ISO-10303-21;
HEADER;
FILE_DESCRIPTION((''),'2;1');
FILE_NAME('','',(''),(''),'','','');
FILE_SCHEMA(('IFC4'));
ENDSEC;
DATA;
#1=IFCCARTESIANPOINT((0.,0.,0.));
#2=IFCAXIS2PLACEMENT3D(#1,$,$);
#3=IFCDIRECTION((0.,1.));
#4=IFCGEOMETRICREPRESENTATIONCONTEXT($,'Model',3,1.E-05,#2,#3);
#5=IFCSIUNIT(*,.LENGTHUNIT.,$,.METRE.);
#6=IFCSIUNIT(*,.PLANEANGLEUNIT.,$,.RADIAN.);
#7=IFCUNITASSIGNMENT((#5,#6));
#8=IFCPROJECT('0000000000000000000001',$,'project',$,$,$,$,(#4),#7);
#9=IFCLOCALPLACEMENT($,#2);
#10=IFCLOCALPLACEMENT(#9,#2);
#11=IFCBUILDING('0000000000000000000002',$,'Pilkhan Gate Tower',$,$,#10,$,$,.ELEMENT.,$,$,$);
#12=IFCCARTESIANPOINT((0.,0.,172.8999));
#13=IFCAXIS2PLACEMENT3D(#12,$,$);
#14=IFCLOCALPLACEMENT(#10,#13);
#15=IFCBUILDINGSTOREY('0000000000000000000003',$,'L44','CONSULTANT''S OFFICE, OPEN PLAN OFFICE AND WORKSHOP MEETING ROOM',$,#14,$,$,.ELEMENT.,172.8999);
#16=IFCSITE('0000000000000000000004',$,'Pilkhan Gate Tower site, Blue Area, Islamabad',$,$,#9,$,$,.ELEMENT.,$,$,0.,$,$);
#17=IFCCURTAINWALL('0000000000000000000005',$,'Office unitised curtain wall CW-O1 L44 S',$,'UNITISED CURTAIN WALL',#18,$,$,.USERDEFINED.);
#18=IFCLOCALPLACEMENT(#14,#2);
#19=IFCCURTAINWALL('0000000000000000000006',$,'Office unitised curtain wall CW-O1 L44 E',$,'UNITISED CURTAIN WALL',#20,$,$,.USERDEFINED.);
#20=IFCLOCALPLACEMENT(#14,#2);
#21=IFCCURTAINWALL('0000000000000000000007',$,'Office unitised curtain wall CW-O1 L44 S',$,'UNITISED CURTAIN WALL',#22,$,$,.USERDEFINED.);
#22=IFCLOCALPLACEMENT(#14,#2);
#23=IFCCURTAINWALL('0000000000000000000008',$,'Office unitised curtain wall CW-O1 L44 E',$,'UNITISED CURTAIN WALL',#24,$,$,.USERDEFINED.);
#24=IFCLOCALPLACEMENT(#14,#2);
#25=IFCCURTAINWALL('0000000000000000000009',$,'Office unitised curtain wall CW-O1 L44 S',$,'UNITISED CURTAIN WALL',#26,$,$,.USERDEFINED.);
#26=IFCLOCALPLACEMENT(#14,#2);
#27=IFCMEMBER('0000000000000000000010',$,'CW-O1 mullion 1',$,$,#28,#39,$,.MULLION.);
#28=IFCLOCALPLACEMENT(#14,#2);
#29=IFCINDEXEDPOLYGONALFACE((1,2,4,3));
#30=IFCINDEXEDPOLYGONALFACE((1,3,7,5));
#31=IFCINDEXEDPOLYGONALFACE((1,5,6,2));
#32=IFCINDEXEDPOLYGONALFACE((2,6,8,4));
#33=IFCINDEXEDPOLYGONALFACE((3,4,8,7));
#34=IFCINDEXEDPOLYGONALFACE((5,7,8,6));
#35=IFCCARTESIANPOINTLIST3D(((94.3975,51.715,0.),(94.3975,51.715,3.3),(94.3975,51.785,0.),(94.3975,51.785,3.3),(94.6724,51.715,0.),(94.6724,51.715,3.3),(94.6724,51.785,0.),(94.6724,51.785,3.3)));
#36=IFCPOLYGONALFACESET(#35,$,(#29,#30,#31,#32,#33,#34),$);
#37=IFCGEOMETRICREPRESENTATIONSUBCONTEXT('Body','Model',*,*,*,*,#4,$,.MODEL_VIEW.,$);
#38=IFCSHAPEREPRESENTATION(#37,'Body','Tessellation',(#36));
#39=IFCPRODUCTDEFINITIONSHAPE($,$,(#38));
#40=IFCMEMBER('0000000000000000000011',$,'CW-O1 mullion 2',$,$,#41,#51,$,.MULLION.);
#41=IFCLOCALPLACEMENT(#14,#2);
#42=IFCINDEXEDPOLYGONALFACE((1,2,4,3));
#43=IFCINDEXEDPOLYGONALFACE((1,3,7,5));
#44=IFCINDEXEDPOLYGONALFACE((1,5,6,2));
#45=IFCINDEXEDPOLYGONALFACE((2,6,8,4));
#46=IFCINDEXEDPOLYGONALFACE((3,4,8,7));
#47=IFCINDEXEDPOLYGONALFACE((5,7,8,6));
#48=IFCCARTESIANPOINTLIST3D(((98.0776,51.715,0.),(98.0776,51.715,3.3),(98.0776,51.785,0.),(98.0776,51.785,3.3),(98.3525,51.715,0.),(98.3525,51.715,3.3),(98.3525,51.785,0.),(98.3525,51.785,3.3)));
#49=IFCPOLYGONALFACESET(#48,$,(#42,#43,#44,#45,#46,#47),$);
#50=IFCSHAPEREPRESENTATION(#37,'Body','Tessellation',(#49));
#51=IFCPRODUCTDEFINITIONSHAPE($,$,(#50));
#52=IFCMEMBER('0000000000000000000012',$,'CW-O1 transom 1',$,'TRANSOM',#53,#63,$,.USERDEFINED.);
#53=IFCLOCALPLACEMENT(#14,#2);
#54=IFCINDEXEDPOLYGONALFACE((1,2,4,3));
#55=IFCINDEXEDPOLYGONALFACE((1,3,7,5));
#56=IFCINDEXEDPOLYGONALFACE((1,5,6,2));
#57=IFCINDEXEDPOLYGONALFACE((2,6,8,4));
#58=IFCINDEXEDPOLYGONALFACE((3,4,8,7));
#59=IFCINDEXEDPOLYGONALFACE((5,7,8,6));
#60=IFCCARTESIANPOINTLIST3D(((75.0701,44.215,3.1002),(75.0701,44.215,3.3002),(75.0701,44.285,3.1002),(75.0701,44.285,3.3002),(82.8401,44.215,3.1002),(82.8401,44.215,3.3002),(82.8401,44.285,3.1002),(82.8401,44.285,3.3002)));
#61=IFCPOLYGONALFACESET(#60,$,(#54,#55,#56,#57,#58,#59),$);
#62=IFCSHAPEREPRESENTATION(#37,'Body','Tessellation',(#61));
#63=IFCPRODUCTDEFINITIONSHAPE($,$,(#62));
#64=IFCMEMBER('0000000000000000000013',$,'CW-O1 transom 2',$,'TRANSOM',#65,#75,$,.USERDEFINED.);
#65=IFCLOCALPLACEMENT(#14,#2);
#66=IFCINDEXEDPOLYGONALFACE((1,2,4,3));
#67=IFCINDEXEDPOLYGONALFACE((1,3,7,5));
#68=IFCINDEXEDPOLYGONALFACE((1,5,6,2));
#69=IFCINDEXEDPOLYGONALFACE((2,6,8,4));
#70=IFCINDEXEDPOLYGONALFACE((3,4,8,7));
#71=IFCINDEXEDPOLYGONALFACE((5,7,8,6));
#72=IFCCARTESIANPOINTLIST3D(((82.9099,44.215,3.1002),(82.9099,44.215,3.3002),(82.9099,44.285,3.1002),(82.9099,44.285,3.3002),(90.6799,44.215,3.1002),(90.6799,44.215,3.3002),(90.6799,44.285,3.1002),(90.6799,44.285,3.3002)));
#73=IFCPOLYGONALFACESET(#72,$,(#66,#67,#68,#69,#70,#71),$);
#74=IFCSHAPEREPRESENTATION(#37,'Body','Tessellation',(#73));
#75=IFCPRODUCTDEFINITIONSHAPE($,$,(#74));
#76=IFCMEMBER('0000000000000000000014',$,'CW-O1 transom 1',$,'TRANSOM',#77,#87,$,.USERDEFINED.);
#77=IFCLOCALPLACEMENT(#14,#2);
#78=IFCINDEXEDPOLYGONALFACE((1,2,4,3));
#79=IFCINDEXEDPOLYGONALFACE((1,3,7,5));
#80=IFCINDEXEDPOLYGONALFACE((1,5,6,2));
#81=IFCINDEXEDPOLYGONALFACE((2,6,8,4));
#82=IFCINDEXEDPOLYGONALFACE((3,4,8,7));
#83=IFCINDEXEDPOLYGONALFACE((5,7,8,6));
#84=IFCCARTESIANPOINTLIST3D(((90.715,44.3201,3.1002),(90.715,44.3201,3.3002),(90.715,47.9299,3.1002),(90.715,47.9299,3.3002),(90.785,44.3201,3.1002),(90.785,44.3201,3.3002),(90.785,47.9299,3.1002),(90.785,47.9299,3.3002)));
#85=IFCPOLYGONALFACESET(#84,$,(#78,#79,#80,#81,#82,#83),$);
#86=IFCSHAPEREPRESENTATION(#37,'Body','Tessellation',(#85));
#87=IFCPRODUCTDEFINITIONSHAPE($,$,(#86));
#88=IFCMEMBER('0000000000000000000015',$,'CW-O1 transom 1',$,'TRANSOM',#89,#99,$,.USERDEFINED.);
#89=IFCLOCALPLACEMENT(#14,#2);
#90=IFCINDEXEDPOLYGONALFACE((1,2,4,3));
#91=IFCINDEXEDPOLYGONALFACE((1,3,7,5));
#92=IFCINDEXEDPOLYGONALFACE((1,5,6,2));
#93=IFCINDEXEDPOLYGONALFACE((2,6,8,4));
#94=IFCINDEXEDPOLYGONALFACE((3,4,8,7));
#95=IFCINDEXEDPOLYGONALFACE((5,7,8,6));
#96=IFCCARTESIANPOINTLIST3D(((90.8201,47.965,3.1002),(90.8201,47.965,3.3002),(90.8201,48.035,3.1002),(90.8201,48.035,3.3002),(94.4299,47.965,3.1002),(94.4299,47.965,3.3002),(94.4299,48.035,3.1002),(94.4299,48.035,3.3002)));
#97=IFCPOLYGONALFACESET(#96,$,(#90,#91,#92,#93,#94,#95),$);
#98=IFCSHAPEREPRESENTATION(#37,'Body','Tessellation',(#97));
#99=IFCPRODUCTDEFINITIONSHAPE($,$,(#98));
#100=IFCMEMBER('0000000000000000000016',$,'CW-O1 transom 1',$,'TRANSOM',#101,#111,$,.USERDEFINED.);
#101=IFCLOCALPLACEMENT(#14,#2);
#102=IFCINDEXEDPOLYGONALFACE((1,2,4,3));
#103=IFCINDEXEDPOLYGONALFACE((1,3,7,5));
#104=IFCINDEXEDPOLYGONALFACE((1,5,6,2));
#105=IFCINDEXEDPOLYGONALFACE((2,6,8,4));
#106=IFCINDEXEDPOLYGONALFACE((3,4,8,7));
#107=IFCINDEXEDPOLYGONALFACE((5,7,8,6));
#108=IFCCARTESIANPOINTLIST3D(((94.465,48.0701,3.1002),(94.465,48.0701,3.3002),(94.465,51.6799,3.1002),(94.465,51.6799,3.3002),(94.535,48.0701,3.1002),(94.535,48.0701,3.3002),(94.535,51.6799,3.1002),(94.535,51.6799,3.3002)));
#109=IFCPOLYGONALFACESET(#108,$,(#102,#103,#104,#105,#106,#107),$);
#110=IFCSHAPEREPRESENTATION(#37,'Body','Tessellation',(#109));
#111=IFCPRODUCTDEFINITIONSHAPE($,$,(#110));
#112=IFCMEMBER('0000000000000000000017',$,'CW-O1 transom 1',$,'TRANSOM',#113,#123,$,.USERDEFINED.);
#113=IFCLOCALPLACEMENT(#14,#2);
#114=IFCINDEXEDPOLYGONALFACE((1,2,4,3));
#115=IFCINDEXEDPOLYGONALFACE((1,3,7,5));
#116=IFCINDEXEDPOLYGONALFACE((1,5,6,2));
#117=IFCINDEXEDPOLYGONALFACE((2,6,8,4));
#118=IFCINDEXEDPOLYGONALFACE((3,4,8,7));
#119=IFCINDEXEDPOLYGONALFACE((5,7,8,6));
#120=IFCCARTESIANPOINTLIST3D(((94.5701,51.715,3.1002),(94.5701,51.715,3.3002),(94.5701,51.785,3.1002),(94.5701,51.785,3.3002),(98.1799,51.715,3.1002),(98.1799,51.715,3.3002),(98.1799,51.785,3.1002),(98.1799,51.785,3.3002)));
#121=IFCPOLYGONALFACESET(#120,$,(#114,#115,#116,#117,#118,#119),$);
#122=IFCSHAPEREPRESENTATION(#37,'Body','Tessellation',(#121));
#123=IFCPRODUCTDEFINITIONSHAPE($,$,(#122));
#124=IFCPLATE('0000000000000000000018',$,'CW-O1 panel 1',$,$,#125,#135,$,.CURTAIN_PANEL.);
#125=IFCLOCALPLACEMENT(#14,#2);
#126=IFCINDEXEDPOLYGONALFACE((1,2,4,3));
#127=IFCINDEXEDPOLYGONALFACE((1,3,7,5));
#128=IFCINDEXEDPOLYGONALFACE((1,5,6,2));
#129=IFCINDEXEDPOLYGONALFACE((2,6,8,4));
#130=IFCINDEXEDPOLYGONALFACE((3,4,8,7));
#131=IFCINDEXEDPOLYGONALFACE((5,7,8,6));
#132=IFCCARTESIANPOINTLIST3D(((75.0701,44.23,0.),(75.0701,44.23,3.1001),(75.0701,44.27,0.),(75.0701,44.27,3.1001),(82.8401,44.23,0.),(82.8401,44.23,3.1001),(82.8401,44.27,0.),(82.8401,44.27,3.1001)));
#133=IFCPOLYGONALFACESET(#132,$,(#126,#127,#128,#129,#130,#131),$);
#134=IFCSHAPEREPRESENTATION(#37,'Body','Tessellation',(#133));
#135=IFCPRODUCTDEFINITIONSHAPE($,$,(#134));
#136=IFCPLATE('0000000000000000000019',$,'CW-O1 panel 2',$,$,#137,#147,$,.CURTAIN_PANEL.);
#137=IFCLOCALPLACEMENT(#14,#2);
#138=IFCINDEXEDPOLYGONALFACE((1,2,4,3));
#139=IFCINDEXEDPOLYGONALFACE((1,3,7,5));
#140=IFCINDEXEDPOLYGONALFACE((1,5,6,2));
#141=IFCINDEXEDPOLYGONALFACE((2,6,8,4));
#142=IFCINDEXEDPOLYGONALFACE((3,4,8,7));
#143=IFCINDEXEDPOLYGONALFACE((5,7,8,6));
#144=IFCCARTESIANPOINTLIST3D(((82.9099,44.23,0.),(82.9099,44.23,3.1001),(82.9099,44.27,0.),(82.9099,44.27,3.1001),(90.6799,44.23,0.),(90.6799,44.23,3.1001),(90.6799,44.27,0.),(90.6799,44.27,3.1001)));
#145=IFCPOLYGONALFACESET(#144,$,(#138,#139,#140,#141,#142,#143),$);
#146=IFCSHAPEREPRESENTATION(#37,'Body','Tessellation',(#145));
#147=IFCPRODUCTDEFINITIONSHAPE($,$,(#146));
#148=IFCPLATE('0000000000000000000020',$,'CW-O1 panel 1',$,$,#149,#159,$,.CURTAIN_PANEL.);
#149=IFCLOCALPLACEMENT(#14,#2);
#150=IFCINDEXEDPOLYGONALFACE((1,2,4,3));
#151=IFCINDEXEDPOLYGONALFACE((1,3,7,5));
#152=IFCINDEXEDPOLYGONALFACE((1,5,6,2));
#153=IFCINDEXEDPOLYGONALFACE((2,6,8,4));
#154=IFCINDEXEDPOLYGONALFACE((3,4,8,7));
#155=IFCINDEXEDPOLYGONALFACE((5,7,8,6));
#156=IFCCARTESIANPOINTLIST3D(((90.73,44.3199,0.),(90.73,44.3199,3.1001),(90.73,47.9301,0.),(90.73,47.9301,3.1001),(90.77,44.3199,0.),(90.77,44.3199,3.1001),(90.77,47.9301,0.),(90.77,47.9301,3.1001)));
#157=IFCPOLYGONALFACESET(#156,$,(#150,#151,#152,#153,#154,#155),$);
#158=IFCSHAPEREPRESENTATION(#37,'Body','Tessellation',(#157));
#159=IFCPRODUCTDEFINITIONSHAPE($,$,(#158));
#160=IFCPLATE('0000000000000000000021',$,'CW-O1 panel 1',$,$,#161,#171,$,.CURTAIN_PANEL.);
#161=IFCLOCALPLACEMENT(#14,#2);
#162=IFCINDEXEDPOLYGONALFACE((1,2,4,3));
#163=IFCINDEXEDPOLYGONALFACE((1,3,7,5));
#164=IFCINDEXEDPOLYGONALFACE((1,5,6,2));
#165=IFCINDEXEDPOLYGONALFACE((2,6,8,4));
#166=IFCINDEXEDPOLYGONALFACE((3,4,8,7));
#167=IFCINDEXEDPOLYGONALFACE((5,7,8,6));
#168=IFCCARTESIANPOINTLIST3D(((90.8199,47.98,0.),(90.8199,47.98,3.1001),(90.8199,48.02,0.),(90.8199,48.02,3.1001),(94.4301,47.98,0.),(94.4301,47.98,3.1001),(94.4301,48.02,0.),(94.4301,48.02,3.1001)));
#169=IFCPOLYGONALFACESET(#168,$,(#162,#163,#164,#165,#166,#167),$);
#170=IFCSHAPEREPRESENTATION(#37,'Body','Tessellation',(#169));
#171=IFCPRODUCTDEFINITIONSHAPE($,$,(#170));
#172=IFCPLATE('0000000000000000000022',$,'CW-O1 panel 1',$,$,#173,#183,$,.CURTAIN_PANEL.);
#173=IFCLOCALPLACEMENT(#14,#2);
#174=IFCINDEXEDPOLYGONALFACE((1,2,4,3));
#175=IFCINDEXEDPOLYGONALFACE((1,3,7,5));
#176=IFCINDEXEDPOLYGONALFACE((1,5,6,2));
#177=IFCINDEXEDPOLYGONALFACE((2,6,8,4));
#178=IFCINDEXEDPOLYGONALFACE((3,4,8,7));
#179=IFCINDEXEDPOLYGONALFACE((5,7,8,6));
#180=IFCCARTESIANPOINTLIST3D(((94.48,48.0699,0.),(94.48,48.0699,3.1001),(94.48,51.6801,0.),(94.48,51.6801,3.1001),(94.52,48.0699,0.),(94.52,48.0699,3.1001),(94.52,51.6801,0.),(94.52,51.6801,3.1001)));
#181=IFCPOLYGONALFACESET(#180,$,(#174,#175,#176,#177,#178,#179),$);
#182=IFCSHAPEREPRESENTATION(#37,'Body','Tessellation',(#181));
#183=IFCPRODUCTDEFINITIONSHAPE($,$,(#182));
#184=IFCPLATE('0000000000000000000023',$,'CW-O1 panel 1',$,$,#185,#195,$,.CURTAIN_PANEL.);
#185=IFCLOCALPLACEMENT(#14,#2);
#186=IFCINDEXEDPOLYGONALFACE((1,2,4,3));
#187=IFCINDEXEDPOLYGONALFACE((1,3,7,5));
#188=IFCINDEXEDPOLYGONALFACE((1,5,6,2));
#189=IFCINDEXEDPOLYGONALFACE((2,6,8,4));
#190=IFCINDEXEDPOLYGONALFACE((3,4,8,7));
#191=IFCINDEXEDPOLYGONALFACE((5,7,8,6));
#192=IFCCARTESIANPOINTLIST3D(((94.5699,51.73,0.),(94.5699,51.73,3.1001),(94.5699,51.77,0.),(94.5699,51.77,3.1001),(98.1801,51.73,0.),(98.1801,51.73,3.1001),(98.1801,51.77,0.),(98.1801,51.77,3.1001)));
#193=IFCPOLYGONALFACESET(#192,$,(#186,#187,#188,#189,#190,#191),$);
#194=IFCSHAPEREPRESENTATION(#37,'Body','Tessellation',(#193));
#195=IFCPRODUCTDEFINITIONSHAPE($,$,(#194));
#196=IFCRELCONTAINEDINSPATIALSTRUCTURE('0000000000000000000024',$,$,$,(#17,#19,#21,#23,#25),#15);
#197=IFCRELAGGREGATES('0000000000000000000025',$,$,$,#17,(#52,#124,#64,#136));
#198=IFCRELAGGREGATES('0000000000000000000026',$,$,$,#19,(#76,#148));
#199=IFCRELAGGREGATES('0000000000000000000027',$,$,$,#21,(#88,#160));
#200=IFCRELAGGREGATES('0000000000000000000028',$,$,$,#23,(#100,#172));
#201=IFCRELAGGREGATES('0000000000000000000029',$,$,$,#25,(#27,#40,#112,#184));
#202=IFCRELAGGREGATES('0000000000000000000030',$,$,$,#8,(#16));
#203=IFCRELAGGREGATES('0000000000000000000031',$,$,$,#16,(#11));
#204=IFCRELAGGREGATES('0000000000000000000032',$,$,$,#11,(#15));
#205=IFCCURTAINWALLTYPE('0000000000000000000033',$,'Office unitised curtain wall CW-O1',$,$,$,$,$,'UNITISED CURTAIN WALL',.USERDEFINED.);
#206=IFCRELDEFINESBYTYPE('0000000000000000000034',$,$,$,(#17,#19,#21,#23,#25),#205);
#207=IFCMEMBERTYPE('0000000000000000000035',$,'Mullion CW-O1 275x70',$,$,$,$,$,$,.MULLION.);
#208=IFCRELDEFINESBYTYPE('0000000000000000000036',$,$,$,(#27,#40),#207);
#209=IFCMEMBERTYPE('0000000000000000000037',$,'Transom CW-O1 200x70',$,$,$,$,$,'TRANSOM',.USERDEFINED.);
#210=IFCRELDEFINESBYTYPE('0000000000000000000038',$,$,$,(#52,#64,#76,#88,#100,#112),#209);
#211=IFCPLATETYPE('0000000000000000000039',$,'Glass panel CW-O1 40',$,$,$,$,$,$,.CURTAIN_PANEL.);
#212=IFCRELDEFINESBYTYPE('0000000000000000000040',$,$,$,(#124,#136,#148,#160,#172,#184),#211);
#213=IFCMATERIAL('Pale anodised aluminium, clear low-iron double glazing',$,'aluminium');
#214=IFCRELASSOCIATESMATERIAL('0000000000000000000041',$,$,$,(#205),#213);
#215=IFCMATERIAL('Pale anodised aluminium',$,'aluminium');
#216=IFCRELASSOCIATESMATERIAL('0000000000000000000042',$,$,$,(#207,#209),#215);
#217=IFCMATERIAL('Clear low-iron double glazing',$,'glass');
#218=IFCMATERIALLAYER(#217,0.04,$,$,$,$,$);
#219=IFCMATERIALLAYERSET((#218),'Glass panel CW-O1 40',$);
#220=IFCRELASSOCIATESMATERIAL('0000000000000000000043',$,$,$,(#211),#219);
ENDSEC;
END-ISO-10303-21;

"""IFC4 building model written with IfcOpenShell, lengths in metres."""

from ifc_helpers import new_model, si_unit, direction, frame, origin, origin_2d, place, context, subcontext, project, spatial, rectangle, extrude, material, layer, layer_set, material_profile, profile_set, type_object, element, aggregate, save


model = new_model("IFC4")

# Units and contexts
model_context = context("Model", 3, precision=1e-05, world=origin(), true_north=direction((0.0, 1.0)))
body_context = subcontext(model_context, "Body", "Model", "MODEL_VIEW")
ifc_project = project(units=[si_unit("LENGTHUNIT", "METRE"), si_unit("PLANEANGLEUNIT", "RADIAN")], contexts=[model_context])

# Site, building, storey
site_placement = place(None, origin())
site = spatial("IfcSite", under=ifc_project, at=site_placement, Name="Pilkhan Gate Tower site, Blue Area, Islamabad", CompositionType="ELEMENT", RefElevation=0.0)
building_placement = place(site_placement, origin())
building = spatial("IfcBuilding", under=site, at=building_placement, Name="Pilkhan Gate Tower", CompositionType="ELEMENT")
storey_placement = place(building_placement, frame((0.0, 0.0, 172.8999)))
storey = spatial("IfcBuildingStorey", under=building, at=storey_placement, Name="L44", Description="CONSULTANT'S OFFICE, OPEN PLAN OFFICE AND WORKSHOP MEETING ROOM", CompositionType="ELEMENT", Elevation=172.8999)

# Shared definitions
ifc_material_1 = material(Name="Pale anodised aluminium, clear low-iron double glazing", Category="aluminium")
curtain_wall_type = type_object("IfcCurtainWallType", Name="Office unitised curtain wall CW-O1", ElementType="UNITISED CURTAIN WALL", PredefinedType="USERDEFINED", material=ifc_material_1)
ifc_material_2 = material(Name="Pale anodised aluminium", Category="aluminium")
ifc_material_profile_1 = material_profile(ifc_material_2, rectangle(XDim=0.0701, YDim=0.2749, at=origin_2d()), Name="Mullion 275x70")
ifc_profile_set_1 = profile_set([ifc_material_profile_1], Name="Pale anodised aluminium")
member_type_1 = type_object("IfcMemberType", Name="Mullion CW-O1 275x70", PredefinedType="MULLION", material=ifc_profile_set_1)

# Curtain walls, members
curtain_wall_1_placement = place(storey_placement, origin())
curtain_wall_1 = element("IfcCurtainWall", 1, at=curtain_wall_1_placement, inside=storey, type_object=curtain_wall_type, Name="Office unitised curtain wall CW-O1 L44 S", ObjectType="UNITISED CURTAIN WALL", PredefinedType="USERDEFINED")
curtain_wall_2_placement = place(storey_placement, origin())
curtain_wall_2 = element("IfcCurtainWall", 2, at=curtain_wall_2_placement, inside=storey, type_object=curtain_wall_type, Name="Office unitised curtain wall CW-O1 L44 E", ObjectType="UNITISED CURTAIN WALL", PredefinedType="USERDEFINED")
curtain_wall_3_placement = place(storey_placement, origin())
curtain_wall_3 = element("IfcCurtainWall", 3, at=curtain_wall_3_placement, inside=storey, type_object=curtain_wall_type, Name="Office unitised curtain wall CW-O1 L44 S", ObjectType="UNITISED CURTAIN WALL", PredefinedType="USERDEFINED")
curtain_wall_4_placement = place(storey_placement, origin())
curtain_wall_4 = element("IfcCurtainWall", 4, at=curtain_wall_4_placement, inside=storey, type_object=curtain_wall_type, Name="Office unitised curtain wall CW-O1 L44 E", ObjectType="UNITISED CURTAIN WALL", PredefinedType="USERDEFINED")
curtain_wall_5_placement = place(storey_placement, origin())
curtain_wall_5 = element("IfcCurtainWall", 5, at=curtain_wall_5_placement, inside=storey, type_object=curtain_wall_type, Name="Office unitised curtain wall CW-O1 L44 S", ObjectType="UNITISED CURTAIN WALL", PredefinedType="USERDEFINED")
member_1_placement = place(storey_placement, frame((94.5349, 51.75, 0.0), z_axis=(0.0, 0.0, 1.0), x_axis=(0.0, 1.0, 0.0)))
member_1 = element("IfcMember", 6, at=member_1_placement, type_object=member_type_1, Name="CW-O1 mullion 1", PredefinedType="MULLION", context=body_context, shape_type="SweptSolid", body=[
    extrude(rectangle(XDim=0.0701, YDim=0.2749, at=origin_2d()), origin(), (0.0, 0.0, 1.0), 3.3),
])
member_2_placement = place(storey_placement, frame((98.2151, 51.75, 0.0), z_axis=(0.0, 0.0, 1.0), x_axis=(0.0, 1.0, 0.0)))
member_2 = element("IfcMember", 7, at=member_2_placement, type_object=member_type_1, Name="CW-O1 mullion 2", PredefinedType="MULLION", context=body_context, shape_type="SweptSolid", body=[
    extrude(rectangle(XDim=0.0701, YDim=0.2749, at=origin_2d()), origin(), (0.0, 0.0, 1.0), 3.3),
])

# Members
ifc_material_profile_2 = material_profile(ifc_material_2, rectangle(XDim=0.0701, YDim=0.2, at=origin_2d()), Name="Transom 200x70")
ifc_profile_set_2 = profile_set([ifc_material_profile_2], Name="Pale anodised aluminium")
member_type_2 = type_object("IfcMemberType", Name="Transom CW-O1 200x70", ElementType="TRANSOM", PredefinedType="USERDEFINED", material=ifc_profile_set_2)
member_3_placement = place(storey_placement, frame((75.0701, 44.25, 3.2002), z_axis=(1.0, 0.0, 0.0), x_axis=(0.0, 1.0, 0.0)))
member_3 = element("IfcMember", 8, at=member_3_placement, type_object=member_type_2, Name="CW-O1 transom 1", ObjectType="TRANSOM", PredefinedType="USERDEFINED", context=body_context, shape_type="SweptSolid", body=[
    extrude(rectangle(XDim=0.0701, YDim=0.2, at=origin_2d()), origin(), (0.0, 0.0, 1.0), 7.77),
])
member_4_placement = place(storey_placement, frame((82.9099, 44.25, 3.2002), z_axis=(1.0, 0.0, 0.0), x_axis=(0.0, 1.0, 0.0)))
member_4 = element("IfcMember", 9, at=member_4_placement, type_object=member_type_2, Name="CW-O1 transom 2", ObjectType="TRANSOM", PredefinedType="USERDEFINED", context=body_context, shape_type="SweptSolid", body=[
    extrude(rectangle(XDim=0.0701, YDim=0.2, at=origin_2d()), origin(), (0.0, 0.0, 1.0), 7.77),
])
member_5_placement = place(storey_placement, frame((90.75, 44.3201, 3.2002), z_axis=(0.0, 1.0, 0.0), x_axis=(-1.0, 0.0, 0.0)))
member_5 = element("IfcMember", 10, at=member_5_placement, type_object=member_type_2, Name="CW-O1 transom 1", ObjectType="TRANSOM", PredefinedType="USERDEFINED", context=body_context, shape_type="SweptSolid", body=[
    extrude(rectangle(XDim=0.0701, YDim=0.2, at=origin_2d()), origin(), (0.0, 0.0, 1.0), 3.6099),
])
member_6_placement = place(storey_placement, frame((90.8201, 48.0, 3.2002), z_axis=(1.0, 0.0, 0.0), x_axis=(0.0, 1.0, 0.0)))
member_6 = element("IfcMember", 11, at=member_6_placement, type_object=member_type_2, Name="CW-O1 transom 1", ObjectType="TRANSOM", PredefinedType="USERDEFINED", context=body_context, shape_type="SweptSolid", body=[
    extrude(rectangle(XDim=0.0701, YDim=0.2, at=origin_2d()), origin(), (0.0, 0.0, 1.0), 3.6099),
])
member_7_placement = place(storey_placement, frame((94.5, 48.0701, 3.2002), z_axis=(0.0, 1.0, 0.0), x_axis=(-1.0, 0.0, 0.0)))
member_7 = element("IfcMember", 12, at=member_7_placement, type_object=member_type_2, Name="CW-O1 transom 1", ObjectType="TRANSOM", PredefinedType="USERDEFINED", context=body_context, shape_type="SweptSolid", body=[
    extrude(rectangle(XDim=0.0701, YDim=0.2, at=origin_2d()), origin(), (0.0, 0.0, 1.0), 3.6099),
])
member_8_placement = place(storey_placement, frame((94.5701, 51.75, 3.2002), z_axis=(1.0, 0.0, 0.0), x_axis=(0.0, 1.0, 0.0)))
member_8 = element("IfcMember", 13, at=member_8_placement, type_object=member_type_2, Name="CW-O1 transom 1", ObjectType="TRANSOM", PredefinedType="USERDEFINED", context=body_context, shape_type="SweptSolid", body=[
    extrude(rectangle(XDim=0.0701, YDim=0.2, at=origin_2d()), origin(), (0.0, 0.0, 1.0), 3.6099),
])

# Plates
ifc_material_3 = material(Name="Clear low-iron double glazing", Category="glass")
ifc_layer_1 = layer(ifc_material_3, 0.04)
ifc_layer_set_1 = layer_set([ifc_layer_1], Name="Glass panel CW-O1 40")
plate_type = type_object("IfcPlateType", Name="Glass panel CW-O1 40", PredefinedType="CURTAIN_PANEL", material=ifc_layer_set_1)
plate_1_placement = place(storey_placement, frame((78.9551, 44.25, 0.0), z_axis=(0.0, 0.0, 1.0), x_axis=(1.0, 0.0, 0.0)))
plate_1 = element("IfcPlate", 14, at=plate_1_placement, type_object=plate_type, Name="CW-O1 panel 1", PredefinedType="CURTAIN_PANEL", context=body_context, shape_type="SweptSolid", body=[
    extrude(rectangle(XDim=7.77, YDim=0.04, at=origin_2d()), origin(), (0.0, 0.0, 1.0), 3.1001),
])
plate_2_placement = place(storey_placement, frame((86.7949, 44.25, 0.0), z_axis=(0.0, 0.0, 1.0), x_axis=(1.0, 0.0, 0.0)))
plate_2 = element("IfcPlate", 15, at=plate_2_placement, type_object=plate_type, Name="CW-O1 panel 2", PredefinedType="CURTAIN_PANEL", context=body_context, shape_type="SweptSolid", body=[
    extrude(rectangle(XDim=7.77, YDim=0.04, at=origin_2d()), origin(), (0.0, 0.0, 1.0), 3.1001),
])
aggregate(curtain_wall_1, [member_3, plate_1, member_4, plate_2])
plate_3_placement = place(storey_placement, frame((90.75, 46.125, 0.0), z_axis=(0.0, 0.0, 1.0), x_axis=(0.0, 1.0, 0.0)))
plate_3 = element("IfcPlate", 16, at=plate_3_placement, type_object=plate_type, Name="CW-O1 panel 1", PredefinedType="CURTAIN_PANEL", context=body_context, shape_type="SweptSolid", body=[
    extrude(rectangle(XDim=3.6101, YDim=0.04, at=origin_2d()), origin(), (0.0, 0.0, 1.0), 3.1001),
])
aggregate(curtain_wall_2, [member_5, plate_3])
plate_4_placement = place(storey_placement, frame((92.625, 48.0, 0.0), z_axis=(0.0, 0.0, 1.0), x_axis=(1.0, 0.0, 0.0)))
plate_4 = element("IfcPlate", 17, at=plate_4_placement, type_object=plate_type, Name="CW-O1 panel 1", PredefinedType="CURTAIN_PANEL", context=body_context, shape_type="SweptSolid", body=[
    extrude(rectangle(XDim=3.6101, YDim=0.04, at=origin_2d()), origin(), (0.0, 0.0, 1.0), 3.1001),
])
aggregate(curtain_wall_3, [member_6, plate_4])
plate_5_placement = place(storey_placement, frame((94.5, 49.875, 0.0), z_axis=(0.0, 0.0, 1.0), x_axis=(0.0, 1.0, 0.0)))
plate_5 = element("IfcPlate", 18, at=plate_5_placement, type_object=plate_type, Name="CW-O1 panel 1", PredefinedType="CURTAIN_PANEL", context=body_context, shape_type="SweptSolid", body=[
    extrude(rectangle(XDim=3.6101, YDim=0.04, at=origin_2d()), origin(), (0.0, 0.0, 1.0), 3.1001),
])
aggregate(curtain_wall_4, [member_7, plate_5])
plate_6_placement = place(storey_placement, frame((96.375, 51.75, 0.0), z_axis=(0.0, 0.0, 1.0), x_axis=(1.0, 0.0, 0.0)))
plate_6 = element("IfcPlate", 19, at=plate_6_placement, type_object=plate_type, Name="CW-O1 panel 1", PredefinedType="CURTAIN_PANEL", context=body_context, shape_type="SweptSolid", body=[
    extrude(rectangle(XDim=3.6101, YDim=0.04, at=origin_2d()), origin(), (0.0, 0.0, 1.0), 3.1001),
])
aggregate(curtain_wall_5, [member_1, member_2, member_8, plate_6])

save(model, "model.ifc")
